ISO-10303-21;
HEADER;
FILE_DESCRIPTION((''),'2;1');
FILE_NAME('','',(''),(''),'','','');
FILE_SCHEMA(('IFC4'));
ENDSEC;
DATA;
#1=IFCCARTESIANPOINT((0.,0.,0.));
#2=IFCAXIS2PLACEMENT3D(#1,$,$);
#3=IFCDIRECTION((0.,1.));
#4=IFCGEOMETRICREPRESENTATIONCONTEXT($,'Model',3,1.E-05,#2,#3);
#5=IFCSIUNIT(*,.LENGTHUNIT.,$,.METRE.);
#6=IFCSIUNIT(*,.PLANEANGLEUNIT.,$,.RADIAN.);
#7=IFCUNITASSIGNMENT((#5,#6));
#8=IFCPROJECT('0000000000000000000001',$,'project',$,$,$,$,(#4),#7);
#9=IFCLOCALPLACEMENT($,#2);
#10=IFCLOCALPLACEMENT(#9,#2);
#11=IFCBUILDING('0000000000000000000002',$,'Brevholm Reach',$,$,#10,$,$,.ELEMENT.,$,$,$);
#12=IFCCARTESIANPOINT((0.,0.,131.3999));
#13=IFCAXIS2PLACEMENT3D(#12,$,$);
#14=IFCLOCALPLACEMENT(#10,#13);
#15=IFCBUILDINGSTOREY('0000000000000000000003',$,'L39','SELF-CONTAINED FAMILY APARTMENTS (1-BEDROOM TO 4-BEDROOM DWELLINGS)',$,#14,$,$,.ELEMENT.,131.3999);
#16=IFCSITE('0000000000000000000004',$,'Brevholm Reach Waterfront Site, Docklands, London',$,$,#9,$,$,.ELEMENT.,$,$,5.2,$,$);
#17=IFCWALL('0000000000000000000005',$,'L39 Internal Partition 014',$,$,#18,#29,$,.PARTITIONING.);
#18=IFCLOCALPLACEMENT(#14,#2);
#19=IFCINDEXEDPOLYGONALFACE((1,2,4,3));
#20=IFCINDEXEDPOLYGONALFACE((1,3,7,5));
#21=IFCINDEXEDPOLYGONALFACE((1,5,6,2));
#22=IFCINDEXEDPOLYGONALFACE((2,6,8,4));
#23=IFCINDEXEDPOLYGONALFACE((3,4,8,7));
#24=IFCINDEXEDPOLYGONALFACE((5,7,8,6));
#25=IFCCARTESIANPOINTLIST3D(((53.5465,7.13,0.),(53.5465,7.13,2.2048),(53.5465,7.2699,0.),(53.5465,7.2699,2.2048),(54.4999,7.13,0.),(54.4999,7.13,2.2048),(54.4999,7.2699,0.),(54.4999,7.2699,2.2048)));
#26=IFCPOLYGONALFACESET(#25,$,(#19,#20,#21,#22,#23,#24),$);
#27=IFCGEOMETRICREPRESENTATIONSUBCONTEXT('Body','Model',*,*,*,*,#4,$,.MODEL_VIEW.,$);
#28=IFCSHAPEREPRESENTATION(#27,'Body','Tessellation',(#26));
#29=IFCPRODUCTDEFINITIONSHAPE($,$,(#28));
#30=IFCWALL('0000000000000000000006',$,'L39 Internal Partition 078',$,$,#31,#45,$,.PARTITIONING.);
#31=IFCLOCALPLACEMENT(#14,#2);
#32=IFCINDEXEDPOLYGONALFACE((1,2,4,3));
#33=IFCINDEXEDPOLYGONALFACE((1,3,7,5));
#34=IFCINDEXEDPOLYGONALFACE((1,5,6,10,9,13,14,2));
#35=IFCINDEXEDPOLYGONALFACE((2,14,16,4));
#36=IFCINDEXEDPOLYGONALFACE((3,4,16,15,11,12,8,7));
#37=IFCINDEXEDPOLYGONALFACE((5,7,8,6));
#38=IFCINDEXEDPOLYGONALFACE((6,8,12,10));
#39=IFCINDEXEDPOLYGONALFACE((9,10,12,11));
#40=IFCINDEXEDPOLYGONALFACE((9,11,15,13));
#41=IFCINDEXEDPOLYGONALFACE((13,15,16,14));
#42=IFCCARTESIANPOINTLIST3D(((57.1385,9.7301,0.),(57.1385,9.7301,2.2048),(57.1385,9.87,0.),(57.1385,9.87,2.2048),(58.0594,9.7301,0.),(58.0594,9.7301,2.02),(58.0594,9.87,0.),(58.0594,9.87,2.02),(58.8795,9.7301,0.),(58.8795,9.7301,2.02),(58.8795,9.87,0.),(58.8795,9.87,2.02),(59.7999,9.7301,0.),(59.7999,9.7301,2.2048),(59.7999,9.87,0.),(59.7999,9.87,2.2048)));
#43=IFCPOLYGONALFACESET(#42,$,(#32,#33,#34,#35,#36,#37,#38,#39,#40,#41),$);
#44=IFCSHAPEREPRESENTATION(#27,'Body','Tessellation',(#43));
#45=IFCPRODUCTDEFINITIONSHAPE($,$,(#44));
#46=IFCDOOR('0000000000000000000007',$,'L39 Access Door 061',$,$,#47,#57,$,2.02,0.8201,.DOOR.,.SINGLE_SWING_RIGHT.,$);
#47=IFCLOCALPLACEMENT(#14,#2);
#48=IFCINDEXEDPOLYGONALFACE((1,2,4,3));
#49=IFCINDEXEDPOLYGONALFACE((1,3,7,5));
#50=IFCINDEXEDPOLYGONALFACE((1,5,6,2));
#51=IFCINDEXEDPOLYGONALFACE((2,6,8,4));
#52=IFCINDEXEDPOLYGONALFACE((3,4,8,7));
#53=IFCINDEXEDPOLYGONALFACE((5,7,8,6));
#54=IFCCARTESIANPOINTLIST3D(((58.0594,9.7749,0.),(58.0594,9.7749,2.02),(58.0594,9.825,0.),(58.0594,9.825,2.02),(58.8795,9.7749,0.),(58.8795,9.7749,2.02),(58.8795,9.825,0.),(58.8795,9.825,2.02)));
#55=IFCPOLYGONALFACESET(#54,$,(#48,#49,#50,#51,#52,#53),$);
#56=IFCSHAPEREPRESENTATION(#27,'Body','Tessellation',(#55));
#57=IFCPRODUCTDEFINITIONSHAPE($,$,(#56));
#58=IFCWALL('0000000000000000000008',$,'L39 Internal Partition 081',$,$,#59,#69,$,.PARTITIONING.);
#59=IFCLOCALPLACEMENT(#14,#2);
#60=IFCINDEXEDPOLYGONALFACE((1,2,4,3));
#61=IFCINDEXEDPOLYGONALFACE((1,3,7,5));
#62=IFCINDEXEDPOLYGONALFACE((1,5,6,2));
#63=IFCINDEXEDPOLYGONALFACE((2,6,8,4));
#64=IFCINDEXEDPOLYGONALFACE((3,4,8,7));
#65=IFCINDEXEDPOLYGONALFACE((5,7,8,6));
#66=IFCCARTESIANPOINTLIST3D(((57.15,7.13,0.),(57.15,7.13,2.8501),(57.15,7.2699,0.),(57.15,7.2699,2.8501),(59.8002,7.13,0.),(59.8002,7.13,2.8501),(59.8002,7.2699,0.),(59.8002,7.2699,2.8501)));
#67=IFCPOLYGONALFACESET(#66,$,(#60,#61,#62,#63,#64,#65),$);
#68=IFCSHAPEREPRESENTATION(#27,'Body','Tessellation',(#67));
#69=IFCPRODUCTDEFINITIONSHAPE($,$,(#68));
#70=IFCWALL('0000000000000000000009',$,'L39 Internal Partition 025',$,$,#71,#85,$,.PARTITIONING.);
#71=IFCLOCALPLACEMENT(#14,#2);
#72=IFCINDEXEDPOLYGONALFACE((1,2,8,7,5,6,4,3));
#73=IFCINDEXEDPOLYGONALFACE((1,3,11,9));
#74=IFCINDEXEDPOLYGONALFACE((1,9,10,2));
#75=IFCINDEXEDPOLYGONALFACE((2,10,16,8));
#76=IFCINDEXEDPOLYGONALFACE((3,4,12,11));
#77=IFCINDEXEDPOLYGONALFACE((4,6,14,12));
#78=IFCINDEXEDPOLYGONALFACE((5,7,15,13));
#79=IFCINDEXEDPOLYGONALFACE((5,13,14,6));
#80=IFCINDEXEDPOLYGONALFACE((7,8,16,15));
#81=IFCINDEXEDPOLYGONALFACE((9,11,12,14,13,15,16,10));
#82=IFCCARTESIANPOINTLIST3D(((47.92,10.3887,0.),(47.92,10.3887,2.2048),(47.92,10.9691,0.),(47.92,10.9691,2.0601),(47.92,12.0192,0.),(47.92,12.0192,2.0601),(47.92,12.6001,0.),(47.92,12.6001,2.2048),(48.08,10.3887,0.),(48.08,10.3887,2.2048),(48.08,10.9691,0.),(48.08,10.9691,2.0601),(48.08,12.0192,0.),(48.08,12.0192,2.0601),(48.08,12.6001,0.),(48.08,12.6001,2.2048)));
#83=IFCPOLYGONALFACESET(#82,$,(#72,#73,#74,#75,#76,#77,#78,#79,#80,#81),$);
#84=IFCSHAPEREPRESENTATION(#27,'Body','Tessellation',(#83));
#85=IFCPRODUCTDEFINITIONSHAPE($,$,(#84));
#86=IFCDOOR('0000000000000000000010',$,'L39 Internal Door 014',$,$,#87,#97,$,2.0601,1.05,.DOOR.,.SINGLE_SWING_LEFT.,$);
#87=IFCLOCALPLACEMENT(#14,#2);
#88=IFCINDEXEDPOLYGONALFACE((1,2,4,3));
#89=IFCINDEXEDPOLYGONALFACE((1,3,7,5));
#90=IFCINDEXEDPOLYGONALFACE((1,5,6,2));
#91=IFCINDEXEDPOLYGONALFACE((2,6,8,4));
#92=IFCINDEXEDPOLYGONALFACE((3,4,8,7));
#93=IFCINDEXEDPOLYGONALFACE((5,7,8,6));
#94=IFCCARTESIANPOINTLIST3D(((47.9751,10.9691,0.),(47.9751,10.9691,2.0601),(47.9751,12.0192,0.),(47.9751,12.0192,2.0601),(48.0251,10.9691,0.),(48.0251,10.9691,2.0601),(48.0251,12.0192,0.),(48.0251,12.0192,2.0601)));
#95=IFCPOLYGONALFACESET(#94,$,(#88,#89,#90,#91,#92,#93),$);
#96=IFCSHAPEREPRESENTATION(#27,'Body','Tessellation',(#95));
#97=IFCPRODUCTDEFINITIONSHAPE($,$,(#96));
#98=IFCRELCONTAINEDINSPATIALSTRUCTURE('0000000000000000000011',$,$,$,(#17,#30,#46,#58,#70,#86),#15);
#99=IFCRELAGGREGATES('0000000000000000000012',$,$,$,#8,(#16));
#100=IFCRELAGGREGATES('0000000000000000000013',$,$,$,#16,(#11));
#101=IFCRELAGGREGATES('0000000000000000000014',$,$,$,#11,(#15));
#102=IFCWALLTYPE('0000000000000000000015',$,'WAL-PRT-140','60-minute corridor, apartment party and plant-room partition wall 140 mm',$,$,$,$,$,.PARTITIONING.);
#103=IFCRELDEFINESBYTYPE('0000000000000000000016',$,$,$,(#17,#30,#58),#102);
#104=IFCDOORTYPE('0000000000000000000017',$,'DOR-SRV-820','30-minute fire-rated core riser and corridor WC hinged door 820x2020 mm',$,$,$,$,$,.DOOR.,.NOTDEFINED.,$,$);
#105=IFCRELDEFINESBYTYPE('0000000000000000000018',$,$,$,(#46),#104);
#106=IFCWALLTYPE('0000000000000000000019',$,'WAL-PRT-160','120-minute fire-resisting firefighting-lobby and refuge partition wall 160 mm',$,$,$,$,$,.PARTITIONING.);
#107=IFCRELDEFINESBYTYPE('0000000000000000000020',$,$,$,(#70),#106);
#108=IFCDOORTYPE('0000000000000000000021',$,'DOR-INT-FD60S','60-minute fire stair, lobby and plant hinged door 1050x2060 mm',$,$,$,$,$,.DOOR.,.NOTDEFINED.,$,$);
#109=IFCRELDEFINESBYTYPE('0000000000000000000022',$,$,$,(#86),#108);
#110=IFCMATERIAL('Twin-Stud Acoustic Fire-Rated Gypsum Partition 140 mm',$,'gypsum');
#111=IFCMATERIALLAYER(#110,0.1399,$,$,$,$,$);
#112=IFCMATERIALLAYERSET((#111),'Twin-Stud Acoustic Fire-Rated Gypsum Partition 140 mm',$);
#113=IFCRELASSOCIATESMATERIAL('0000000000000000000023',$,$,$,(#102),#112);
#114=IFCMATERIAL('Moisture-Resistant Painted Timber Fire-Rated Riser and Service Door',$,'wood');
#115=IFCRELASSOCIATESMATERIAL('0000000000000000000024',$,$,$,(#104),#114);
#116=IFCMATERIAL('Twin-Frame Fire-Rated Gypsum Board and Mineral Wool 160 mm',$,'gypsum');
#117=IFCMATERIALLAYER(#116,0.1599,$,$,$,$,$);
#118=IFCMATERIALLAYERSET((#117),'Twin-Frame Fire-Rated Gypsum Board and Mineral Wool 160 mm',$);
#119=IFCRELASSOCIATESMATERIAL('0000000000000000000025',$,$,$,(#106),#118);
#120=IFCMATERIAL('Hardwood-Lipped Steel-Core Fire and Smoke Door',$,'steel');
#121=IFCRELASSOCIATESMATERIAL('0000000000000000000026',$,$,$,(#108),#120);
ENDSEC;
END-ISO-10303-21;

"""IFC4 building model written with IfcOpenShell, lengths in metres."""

from ifc_helpers import new_model, si_unit, direction, frame, frame_2d, origin, place, context, subcontext, project, spatial, rectangle, extrude, material, layer, layer_set, type_object, element, fill, save


model = new_model("IFC4")

# Units and contexts
model_context = context("Model", 3, precision=1e-05, world=origin(), true_north=direction((0.0, 1.0)))
body_context = subcontext(model_context, "Body", "Model", "MODEL_VIEW")
ifc_project = project(units=[si_unit("LENGTHUNIT", "METRE"), si_unit("PLANEANGLEUNIT", "RADIAN")], contexts=[model_context])

# Site, building, storey
site_placement = place(None, origin())
site = spatial("IfcSite", under=ifc_project, at=site_placement, Name="Brevholm Reach Waterfront Site, Docklands, London", CompositionType="ELEMENT", RefElevation=5.2)
building_placement = place(site_placement, origin())
building = spatial("IfcBuilding", under=site, at=building_placement, Name="Brevholm Reach", CompositionType="ELEMENT")
storey_placement = place(building_placement, frame((0.0, 0.0, 131.3999)))
storey = spatial("IfcBuildingStorey", under=building, at=storey_placement, Name="L39", Description="SELF-CONTAINED FAMILY APARTMENTS (1-BEDROOM TO 4-BEDROOM DWELLINGS)", CompositionType="ELEMENT", Elevation=131.3999)

# Shared definitions
ifc_material_1 = material(Name="Twin-Stud Acoustic Fire-Rated Gypsum Partition 140 mm", Category="gypsum")
ifc_layer_1 = layer(ifc_material_1, 0.1399)
ifc_layer_set_1 = layer_set([ifc_layer_1], Name="Twin-Stud Acoustic Fire-Rated Gypsum Partition 140 mm")
wall_type_1 = type_object("IfcWallType", Name="WAL-PRT-140", Description="60-minute corridor, apartment party and plant-room partition wall 140 mm", PredefinedType="PARTITIONING", material=ifc_layer_set_1)

# Wall
wall_1_placement = place(storey_placement, frame((53.5466, 7.2, 0.0), z_axis=(0.0, 0.0, 1.0), x_axis=(1.0, 0.0, 0.0)))
element("IfcWall", 1, at=wall_1_placement, inside=storey, type_object=wall_type_1, Name="L39 Internal Partition 014", PredefinedType="PARTITIONING", context=body_context, shape_type="SweptSolid", body=[
    extrude(rectangle(XDim=0.9534, YDim=0.1399, at=frame_2d((0.4766, 0.0))), origin(), (0.0, 0.0, 1.0), 2.2048),
])

# Wall, opening, door
wall_2_placement = place(storey_placement, frame((57.1387, 9.8, 0.0), z_axis=(0.0, 0.0, 1.0), x_axis=(1.0, 0.0, 0.0)))
wall_2 = element("IfcWall", 2, at=wall_2_placement, inside=storey, type_object=wall_type_1, Name="L39 Internal Partition 078", PredefinedType="PARTITIONING", context=body_context, shape_type="SweptSolid", body=[
    extrude(rectangle(XDim=2.6614, YDim=0.1399, at=frame_2d((1.3306, 0.0))), origin(), (0.0, 0.0, 1.0), 2.2048),
])
opening_1_placement = place(wall_2_placement, frame((0.9207, 0.0, 0.0)))
opening_1 = element("IfcOpeningElement", 3, at=opening_1_placement, cuts=wall_2, PredefinedType="OPENING", context=body_context, shape_type="SweptSolid", body=[
    extrude(rectangle(XDim=0.8201, YDim=2.02, at=frame_2d((0.4102, 1.01))), frame((0.0, 0.0798, 0.0), z_axis=(0.0, -1.0, 0.0), x_axis=(1.0, 0.0, 0.0)), (0.0, 0.0, 1.0), 0.1599),
])
ifc_material_2 = material(Name="Moisture-Resistant Painted Timber Fire-Rated Riser and Service Door", Category="wood")
door_type_1 = type_object("IfcDoorType", Name="DOR-SRV-820", Description="30-minute fire-rated core riser and corridor WC hinged door 820x2020 mm", OperationType="NOTDEFINED", PredefinedType="DOOR", material=ifc_material_2)
door_1_placement = place(opening_1_placement, origin())
door_1 = element("IfcDoor", 4, at=door_1_placement, inside=storey, type_object=door_type_1, Name="L39 Access Door 061", OperationType="SINGLE_SWING_RIGHT", OverallHeight=2.02, OverallWidth=0.8201, PredefinedType="DOOR", context=body_context, shape_type="SweptSolid", body=[
    extrude(rectangle(XDim=0.8201, YDim=2.02, at=frame_2d((0.4102, 1.01))), frame((0.0, 0.0249, 0.0), z_axis=(0.0, -1.0, 0.0), x_axis=(1.0, 0.0, 0.0)), (0.0, 0.0, 1.0), 0.05),
])
fill(opening_1, door_1)

# Wall
wall_3_placement = place(storey_placement, frame((57.1499, 7.2, 0.0), z_axis=(0.0, 0.0, 1.0), x_axis=(1.0, 0.0, 0.0)))
element("IfcWall", 5, at=wall_3_placement, inside=storey, type_object=wall_type_1, Name="L39 Internal Partition 081", PredefinedType="PARTITIONING", context=body_context, shape_type="SweptSolid", body=[
    extrude(rectangle(XDim=2.6501, YDim=0.1399, at=frame_2d((1.3252, 0.0))), origin(), (0.0, 0.0, 1.0), 2.8501),
])

# Wall, opening, door
ifc_material_3 = material(Name="Twin-Frame Fire-Rated Gypsum Board and Mineral Wool 160 mm", Category="gypsum")
ifc_layer_2 = layer(ifc_material_3, 0.1599)
ifc_layer_set_2 = layer_set([ifc_layer_2], Name="Twin-Frame Fire-Rated Gypsum Board and Mineral Wool 160 mm")
wall_type_2 = type_object("IfcWallType", Name="WAL-PRT-160", Description="120-minute fire-resisting firefighting-lobby and refuge partition wall 160 mm", PredefinedType="PARTITIONING", material=ifc_layer_set_2)
wall_4_placement = place(storey_placement, frame((48.0, 10.3887, 0.0), z_axis=(0.0, 0.0, 1.0), x_axis=(0.0, 1.0, 0.0)))
wall_4 = element("IfcWall", 6, at=wall_4_placement, inside=storey, type_object=wall_type_2, Name="L39 Internal Partition 025", PredefinedType="PARTITIONING", context=body_context, shape_type="SweptSolid", body=[
    extrude(rectangle(XDim=2.2114, YDim=0.1599, at=frame_2d((1.1057, 0.0))), origin(), (0.0, 0.0, 1.0), 2.2048),
])
opening_2_placement = place(wall_4_placement, frame((0.5806, 0.0, 0.0)))
opening_2 = element("IfcOpeningElement", 7, at=opening_2_placement, cuts=wall_4, PredefinedType="OPENING", context=body_context, shape_type="SweptSolid", body=[
    extrude(rectangle(XDim=1.05, YDim=2.0601, at=frame_2d((0.5249, 1.03))), frame((0.0, 0.0898, 0.0), z_axis=(0.0, -1.0, 0.0), x_axis=(1.0, 0.0, 0.0)), (0.0, 0.0, 1.0), 0.1799),
])
ifc_material_4 = material(Name="Hardwood-Lipped Steel-Core Fire and Smoke Door", Category="steel")
door_type_2 = type_object("IfcDoorType", Name="DOR-INT-FD60S", Description="60-minute fire stair, lobby and plant hinged door 1050x2060 mm", OperationType="NOTDEFINED", PredefinedType="DOOR", material=ifc_material_4)
door_2_placement = place(opening_2_placement, origin())
door_2 = element("IfcDoor", 8, at=door_2_placement, inside=storey, type_object=door_type_2, Name="L39 Internal Door 014", OperationType="SINGLE_SWING_LEFT", OverallHeight=2.0601, OverallWidth=1.05, PredefinedType="DOOR", context=body_context, shape_type="SweptSolid", body=[
    extrude(rectangle(XDim=1.05, YDim=2.0601, at=frame_2d((0.5249, 1.03))), frame((0.0, 0.0249, 0.0), z_axis=(0.0, -1.0, 0.0), x_axis=(1.0, 0.0, 0.0)), (0.0, 0.0, 1.0), 0.05),
])
fill(opening_2, door_2)

save(model, "model.ifc")
